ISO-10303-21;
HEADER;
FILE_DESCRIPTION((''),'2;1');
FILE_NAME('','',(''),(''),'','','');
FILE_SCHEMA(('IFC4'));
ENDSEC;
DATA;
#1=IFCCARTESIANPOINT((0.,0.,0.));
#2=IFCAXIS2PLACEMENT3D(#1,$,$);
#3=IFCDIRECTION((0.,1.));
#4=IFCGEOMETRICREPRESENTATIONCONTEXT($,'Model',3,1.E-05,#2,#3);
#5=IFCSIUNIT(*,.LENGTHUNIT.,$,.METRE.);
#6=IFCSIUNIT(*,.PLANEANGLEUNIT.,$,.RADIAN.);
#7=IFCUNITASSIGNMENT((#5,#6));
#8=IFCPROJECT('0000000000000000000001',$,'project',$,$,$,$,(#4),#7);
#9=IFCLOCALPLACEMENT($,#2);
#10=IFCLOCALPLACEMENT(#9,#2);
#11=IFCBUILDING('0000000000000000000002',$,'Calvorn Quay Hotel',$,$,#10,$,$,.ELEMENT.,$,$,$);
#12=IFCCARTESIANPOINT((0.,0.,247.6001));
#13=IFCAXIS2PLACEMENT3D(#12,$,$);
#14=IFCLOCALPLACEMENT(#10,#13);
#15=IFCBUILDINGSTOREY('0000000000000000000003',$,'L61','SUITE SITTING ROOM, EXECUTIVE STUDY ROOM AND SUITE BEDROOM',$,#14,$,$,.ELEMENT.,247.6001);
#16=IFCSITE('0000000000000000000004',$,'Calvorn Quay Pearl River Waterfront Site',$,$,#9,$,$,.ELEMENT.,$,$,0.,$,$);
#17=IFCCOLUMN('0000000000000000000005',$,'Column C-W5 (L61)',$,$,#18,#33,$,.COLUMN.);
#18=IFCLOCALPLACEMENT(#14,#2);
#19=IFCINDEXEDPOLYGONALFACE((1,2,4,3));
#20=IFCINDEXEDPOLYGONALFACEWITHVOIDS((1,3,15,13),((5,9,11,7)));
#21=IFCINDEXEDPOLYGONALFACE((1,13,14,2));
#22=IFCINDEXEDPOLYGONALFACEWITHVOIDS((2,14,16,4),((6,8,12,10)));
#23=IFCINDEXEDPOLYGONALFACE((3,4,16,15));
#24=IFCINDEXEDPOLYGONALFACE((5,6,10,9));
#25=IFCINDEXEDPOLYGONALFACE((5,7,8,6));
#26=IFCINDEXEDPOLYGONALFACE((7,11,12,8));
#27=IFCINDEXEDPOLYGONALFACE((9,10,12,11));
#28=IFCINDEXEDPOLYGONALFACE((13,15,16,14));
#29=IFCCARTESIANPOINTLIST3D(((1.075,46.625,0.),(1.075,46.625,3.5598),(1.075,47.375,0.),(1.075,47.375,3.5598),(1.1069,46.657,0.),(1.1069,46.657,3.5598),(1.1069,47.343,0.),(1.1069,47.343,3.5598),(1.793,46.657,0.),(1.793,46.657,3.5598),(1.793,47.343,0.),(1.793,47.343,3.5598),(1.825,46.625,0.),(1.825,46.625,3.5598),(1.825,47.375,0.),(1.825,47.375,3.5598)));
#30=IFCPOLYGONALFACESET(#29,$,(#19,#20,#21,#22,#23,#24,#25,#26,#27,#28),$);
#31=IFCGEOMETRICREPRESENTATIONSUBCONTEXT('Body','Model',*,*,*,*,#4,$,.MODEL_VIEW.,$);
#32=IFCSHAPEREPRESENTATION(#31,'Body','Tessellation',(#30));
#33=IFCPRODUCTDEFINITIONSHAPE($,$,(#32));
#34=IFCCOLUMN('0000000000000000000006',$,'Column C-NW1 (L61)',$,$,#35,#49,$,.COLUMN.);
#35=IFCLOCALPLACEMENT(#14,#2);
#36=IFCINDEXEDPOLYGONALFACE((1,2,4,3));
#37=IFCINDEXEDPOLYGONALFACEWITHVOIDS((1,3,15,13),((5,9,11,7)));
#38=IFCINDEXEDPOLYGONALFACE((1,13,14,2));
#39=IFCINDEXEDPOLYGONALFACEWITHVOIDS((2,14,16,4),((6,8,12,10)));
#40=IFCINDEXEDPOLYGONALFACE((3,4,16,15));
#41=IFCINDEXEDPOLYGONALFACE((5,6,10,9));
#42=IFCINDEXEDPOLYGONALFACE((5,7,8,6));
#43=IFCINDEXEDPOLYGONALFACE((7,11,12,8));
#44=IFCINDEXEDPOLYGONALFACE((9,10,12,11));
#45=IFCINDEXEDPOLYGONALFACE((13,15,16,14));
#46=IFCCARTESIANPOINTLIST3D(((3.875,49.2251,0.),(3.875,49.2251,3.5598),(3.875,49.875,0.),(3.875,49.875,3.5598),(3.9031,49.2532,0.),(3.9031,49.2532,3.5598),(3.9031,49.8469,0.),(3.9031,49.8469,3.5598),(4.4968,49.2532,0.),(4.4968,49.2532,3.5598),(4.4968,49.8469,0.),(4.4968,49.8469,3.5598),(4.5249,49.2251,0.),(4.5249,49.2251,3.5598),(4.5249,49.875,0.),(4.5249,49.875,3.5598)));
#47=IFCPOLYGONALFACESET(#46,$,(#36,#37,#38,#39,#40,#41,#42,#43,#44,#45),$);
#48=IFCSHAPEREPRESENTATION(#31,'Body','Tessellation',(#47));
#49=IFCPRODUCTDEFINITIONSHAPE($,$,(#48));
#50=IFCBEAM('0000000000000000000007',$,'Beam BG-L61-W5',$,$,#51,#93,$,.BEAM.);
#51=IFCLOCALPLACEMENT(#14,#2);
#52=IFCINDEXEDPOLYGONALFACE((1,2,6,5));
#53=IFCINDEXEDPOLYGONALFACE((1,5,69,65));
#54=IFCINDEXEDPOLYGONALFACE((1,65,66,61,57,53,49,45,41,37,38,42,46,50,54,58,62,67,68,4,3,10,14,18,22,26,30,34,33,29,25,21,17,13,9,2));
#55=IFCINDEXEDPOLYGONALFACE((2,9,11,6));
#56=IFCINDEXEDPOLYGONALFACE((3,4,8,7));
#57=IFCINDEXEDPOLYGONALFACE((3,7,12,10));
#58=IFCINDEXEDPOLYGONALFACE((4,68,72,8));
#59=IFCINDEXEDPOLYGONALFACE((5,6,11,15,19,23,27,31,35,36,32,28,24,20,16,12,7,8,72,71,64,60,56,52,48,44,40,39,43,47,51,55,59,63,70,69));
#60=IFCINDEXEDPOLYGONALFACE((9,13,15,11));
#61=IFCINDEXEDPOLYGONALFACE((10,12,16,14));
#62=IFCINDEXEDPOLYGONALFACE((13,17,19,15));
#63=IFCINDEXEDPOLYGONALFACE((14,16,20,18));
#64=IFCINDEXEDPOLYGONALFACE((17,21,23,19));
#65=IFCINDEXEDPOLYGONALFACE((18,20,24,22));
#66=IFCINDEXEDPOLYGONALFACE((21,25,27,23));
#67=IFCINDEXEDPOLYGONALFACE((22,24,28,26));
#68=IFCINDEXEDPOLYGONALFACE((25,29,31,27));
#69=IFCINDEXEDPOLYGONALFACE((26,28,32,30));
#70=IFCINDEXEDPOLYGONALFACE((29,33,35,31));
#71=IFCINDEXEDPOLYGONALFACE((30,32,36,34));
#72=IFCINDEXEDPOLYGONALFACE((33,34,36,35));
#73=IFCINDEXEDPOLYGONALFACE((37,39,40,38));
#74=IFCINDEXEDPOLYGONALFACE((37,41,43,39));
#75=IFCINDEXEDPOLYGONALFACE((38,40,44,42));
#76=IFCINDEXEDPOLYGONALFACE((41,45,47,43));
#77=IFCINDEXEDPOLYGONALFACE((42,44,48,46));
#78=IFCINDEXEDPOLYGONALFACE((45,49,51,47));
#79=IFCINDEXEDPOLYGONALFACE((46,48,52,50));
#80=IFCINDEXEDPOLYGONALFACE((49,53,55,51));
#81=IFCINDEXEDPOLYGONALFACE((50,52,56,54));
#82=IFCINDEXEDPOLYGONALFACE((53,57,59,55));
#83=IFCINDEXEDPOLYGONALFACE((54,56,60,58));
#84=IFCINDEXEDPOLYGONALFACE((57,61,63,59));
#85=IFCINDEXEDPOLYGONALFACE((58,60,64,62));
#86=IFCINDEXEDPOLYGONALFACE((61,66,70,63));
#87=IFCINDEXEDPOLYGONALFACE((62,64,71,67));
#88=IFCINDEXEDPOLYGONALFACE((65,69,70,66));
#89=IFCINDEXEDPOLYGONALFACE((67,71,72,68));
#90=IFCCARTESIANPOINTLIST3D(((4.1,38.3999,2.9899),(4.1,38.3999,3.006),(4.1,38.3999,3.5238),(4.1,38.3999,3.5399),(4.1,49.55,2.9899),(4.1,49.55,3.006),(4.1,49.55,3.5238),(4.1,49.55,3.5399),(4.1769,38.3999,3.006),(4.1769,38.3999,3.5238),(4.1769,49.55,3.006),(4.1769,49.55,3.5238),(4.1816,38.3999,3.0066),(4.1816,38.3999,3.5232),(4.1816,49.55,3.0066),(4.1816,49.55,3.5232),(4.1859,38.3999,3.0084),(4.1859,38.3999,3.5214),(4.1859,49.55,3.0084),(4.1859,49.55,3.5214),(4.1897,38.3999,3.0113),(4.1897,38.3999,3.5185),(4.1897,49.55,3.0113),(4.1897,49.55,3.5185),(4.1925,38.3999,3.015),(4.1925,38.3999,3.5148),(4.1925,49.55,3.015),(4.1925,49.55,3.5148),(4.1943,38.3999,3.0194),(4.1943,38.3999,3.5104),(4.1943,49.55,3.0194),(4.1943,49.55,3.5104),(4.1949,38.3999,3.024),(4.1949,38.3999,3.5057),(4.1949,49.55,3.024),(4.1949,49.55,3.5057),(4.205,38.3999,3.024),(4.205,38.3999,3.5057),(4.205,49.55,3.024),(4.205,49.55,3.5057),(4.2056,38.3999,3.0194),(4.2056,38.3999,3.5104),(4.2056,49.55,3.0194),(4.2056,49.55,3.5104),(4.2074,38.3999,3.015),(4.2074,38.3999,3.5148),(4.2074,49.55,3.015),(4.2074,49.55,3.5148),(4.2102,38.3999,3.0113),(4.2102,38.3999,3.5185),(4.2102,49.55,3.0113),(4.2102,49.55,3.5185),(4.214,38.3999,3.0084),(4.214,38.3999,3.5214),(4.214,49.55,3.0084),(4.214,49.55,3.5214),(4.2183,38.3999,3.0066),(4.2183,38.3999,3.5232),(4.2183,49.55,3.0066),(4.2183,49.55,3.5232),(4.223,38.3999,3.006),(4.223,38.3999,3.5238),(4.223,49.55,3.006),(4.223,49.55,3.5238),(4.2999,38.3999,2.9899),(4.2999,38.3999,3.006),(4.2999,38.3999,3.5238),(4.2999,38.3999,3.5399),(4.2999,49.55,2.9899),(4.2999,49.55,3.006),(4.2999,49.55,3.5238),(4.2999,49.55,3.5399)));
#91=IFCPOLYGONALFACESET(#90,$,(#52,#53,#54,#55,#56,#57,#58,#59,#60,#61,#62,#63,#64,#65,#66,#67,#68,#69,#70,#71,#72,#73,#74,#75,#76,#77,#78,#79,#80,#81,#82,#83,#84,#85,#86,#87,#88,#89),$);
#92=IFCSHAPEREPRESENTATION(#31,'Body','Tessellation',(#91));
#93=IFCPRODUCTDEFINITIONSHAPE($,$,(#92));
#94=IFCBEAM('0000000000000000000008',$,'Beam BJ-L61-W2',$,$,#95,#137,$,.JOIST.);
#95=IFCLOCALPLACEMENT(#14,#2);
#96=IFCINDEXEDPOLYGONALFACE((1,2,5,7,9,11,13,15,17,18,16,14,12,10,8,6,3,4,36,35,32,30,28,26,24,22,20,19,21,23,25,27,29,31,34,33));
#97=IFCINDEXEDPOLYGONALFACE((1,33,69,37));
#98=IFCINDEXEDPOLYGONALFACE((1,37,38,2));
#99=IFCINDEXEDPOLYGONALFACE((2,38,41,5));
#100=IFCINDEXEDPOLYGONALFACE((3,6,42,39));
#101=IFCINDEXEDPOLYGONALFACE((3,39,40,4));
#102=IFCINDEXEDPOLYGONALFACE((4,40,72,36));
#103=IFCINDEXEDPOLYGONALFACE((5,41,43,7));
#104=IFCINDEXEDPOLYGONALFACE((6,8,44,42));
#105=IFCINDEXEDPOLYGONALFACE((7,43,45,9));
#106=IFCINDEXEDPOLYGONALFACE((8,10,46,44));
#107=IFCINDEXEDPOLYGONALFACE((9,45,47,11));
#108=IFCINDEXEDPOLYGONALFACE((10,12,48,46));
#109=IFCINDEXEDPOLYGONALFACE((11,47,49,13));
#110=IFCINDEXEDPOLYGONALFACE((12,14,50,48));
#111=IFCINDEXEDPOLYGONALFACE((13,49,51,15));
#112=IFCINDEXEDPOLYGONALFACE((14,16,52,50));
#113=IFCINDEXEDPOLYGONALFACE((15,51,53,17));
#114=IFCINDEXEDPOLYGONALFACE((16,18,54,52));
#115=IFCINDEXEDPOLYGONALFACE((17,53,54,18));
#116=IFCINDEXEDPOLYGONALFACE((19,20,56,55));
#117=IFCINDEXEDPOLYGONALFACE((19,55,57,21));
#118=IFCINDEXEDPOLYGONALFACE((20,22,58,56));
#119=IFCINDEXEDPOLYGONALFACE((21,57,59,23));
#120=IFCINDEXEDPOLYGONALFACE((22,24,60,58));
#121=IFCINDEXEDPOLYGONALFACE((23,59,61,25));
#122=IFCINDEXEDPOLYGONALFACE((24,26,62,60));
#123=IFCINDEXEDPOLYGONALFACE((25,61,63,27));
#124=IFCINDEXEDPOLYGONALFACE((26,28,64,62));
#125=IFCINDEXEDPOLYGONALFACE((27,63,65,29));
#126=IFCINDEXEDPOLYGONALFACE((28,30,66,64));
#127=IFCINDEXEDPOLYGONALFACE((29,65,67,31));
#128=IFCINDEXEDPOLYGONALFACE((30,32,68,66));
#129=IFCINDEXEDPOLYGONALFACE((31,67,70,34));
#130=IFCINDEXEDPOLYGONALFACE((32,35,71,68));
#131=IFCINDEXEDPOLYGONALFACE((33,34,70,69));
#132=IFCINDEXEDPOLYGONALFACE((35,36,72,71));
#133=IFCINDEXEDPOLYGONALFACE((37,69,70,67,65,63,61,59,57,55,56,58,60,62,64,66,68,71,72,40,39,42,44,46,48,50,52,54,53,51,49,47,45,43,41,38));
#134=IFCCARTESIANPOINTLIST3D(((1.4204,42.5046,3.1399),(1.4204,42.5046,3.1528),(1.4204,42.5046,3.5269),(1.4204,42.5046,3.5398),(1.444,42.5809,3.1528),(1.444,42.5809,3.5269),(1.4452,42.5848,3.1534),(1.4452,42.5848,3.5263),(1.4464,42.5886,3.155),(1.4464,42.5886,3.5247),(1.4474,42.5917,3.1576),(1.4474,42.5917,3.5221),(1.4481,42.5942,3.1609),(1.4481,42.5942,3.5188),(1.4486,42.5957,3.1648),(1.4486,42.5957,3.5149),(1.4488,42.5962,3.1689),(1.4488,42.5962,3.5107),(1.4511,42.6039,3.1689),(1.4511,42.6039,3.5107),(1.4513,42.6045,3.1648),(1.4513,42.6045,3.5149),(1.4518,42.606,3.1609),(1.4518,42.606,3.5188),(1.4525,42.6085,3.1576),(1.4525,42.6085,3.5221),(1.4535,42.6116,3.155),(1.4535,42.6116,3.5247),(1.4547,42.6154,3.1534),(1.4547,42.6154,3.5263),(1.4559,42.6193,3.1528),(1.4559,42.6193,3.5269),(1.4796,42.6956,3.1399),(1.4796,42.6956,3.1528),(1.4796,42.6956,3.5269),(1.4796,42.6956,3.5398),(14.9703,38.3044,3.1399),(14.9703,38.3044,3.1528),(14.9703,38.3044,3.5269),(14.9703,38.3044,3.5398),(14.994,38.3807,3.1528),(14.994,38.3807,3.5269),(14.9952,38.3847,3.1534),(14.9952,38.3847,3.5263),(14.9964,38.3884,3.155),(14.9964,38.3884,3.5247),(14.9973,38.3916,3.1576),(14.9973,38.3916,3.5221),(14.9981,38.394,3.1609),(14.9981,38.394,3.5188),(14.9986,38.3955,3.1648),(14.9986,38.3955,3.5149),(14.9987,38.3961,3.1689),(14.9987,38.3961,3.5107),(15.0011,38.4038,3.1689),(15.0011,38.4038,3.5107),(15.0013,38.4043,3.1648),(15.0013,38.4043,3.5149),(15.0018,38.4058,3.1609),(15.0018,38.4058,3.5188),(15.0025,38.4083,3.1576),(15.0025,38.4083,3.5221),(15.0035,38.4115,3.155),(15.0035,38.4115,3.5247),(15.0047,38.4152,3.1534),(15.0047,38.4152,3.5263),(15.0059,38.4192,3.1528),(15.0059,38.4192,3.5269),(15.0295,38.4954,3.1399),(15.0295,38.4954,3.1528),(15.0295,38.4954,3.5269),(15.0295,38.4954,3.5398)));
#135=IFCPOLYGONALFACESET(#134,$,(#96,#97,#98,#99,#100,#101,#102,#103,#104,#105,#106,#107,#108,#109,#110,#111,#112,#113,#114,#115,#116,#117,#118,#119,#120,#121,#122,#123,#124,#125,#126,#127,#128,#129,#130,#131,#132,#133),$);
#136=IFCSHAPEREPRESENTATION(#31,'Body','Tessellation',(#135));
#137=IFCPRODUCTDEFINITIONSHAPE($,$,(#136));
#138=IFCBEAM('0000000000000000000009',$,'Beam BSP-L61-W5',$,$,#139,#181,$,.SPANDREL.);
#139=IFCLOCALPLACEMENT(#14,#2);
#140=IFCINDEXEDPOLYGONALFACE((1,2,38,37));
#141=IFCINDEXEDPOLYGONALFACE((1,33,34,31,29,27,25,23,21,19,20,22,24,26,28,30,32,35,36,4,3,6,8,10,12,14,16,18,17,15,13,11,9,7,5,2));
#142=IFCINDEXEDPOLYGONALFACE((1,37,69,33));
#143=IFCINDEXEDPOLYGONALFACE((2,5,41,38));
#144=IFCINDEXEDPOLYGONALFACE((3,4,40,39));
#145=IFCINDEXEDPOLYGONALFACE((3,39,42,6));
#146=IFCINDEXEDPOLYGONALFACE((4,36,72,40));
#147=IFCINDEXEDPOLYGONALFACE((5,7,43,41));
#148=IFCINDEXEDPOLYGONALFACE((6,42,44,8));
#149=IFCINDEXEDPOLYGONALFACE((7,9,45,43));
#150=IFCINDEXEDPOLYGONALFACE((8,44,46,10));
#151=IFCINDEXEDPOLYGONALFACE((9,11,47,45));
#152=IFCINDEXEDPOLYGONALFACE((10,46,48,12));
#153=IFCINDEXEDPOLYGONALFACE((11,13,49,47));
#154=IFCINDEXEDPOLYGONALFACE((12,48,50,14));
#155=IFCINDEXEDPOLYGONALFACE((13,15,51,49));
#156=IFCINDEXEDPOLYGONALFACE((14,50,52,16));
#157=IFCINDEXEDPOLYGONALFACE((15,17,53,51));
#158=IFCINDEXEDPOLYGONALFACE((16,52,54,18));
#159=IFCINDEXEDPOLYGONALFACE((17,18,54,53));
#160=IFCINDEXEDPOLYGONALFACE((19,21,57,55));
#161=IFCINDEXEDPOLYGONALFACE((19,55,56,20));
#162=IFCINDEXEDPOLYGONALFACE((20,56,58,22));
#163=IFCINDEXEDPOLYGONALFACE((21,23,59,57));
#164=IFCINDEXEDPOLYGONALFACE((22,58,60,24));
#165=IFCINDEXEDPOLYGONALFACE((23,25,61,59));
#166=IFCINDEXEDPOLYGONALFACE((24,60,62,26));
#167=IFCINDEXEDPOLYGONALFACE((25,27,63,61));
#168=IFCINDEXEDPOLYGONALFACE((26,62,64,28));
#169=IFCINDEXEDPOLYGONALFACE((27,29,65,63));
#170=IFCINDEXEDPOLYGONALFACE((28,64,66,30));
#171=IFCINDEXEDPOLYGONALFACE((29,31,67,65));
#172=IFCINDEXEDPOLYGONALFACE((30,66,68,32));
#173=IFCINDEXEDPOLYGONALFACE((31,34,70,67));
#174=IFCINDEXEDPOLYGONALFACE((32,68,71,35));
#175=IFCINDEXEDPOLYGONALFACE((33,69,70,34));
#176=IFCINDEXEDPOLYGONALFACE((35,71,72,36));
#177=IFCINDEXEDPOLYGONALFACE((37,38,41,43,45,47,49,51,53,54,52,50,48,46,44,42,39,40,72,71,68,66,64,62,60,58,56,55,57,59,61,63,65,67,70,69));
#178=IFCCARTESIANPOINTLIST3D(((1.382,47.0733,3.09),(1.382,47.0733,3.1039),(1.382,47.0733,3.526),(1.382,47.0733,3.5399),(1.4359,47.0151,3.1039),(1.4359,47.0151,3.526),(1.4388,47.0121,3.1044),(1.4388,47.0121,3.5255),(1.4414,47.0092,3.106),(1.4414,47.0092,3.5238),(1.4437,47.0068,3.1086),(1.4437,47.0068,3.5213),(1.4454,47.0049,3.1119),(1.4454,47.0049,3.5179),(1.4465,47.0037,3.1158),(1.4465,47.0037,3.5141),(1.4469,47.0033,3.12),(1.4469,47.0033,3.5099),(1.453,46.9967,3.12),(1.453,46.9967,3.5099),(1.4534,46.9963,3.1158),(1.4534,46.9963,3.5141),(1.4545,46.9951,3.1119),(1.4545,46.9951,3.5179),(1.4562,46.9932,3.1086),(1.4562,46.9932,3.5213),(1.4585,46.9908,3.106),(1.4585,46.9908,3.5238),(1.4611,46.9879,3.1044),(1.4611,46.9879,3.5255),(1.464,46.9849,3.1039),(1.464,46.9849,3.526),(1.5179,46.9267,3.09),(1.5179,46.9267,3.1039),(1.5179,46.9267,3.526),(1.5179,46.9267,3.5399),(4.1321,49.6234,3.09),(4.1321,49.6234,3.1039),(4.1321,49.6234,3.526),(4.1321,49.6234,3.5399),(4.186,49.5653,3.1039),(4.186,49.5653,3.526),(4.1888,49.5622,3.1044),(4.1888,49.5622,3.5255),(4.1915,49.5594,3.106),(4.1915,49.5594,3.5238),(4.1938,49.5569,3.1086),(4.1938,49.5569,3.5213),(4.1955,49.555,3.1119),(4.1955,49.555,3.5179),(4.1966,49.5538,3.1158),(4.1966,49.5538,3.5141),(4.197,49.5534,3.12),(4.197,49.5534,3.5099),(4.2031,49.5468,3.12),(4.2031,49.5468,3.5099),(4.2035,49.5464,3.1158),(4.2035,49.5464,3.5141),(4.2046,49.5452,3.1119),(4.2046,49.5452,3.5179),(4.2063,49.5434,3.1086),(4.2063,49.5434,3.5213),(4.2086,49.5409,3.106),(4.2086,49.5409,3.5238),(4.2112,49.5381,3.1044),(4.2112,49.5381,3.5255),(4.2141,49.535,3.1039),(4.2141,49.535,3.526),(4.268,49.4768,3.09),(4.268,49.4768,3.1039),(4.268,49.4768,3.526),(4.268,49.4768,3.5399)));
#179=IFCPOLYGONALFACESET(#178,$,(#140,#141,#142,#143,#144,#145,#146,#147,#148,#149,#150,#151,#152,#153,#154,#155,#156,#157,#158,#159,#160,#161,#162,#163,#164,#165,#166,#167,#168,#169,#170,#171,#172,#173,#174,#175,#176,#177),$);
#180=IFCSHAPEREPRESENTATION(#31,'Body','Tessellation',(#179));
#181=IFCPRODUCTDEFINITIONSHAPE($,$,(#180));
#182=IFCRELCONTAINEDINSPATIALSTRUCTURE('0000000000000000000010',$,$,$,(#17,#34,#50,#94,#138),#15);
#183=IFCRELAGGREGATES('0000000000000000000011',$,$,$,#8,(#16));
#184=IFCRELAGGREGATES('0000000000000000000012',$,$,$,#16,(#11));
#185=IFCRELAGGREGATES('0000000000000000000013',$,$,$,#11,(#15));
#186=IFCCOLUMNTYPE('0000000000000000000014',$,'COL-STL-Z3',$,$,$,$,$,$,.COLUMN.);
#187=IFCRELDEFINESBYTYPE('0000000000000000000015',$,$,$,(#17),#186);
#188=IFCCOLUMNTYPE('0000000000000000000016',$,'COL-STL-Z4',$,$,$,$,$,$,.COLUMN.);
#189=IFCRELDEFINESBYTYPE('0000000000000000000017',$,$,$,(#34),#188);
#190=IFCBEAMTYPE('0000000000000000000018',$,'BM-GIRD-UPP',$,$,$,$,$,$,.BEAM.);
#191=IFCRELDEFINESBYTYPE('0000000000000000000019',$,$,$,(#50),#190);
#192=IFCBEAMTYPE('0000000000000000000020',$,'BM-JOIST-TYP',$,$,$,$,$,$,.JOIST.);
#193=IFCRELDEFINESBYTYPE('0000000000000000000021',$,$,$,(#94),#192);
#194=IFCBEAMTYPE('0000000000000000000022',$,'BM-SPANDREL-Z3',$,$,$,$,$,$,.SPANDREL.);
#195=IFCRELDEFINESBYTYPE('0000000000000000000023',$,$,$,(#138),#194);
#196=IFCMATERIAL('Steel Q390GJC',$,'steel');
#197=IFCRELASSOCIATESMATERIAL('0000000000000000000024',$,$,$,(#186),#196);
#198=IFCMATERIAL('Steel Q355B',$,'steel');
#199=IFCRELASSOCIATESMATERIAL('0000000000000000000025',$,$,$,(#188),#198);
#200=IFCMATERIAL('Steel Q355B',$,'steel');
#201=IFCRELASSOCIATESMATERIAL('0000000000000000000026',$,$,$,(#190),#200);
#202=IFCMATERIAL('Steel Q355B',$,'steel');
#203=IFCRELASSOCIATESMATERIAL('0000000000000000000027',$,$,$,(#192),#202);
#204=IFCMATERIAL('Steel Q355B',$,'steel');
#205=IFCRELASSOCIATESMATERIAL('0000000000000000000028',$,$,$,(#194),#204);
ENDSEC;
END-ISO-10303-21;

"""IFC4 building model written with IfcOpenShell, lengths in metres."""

from ifc_helpers import new_model, si_unit, direction, frame, origin, origin_2d, place, context, subcontext, project, spatial, hollow_rectangle, i_section, extrude, material, material_profile, profile_set, type_object, element, save


model = new_model("IFC4")

# Units and contexts
model_context = context("Model", 3, precision=1e-05, world=origin(), true_north=direction((0.0, 1.0)))
body_context = subcontext(model_context, "Body", "Model", "MODEL_VIEW")
ifc_project = project(units=[si_unit("LENGTHUNIT", "METRE"), si_unit("PLANEANGLEUNIT", "RADIAN")], contexts=[model_context])

# Site, building, storey
site_placement = place(None, origin())
site = spatial("IfcSite", under=ifc_project, at=site_placement, Name="Calvorn Quay Pearl River Waterfront Site", CompositionType="ELEMENT", RefElevation=0.0)
building_placement = place(site_placement, origin())
building = spatial("IfcBuilding", under=site, at=building_placement, Name="Calvorn Quay Hotel", CompositionType="ELEMENT")
storey_placement = place(building_placement, frame((0.0, 0.0, 247.6001)))
storey = spatial("IfcBuildingStorey", under=building, at=storey_placement, Name="L61", Description="SUITE SITTING ROOM, EXECUTIVE STUDY ROOM AND SUITE BEDROOM", CompositionType="ELEMENT", Elevation=247.6001)

# Columns
ifc_material_1 = material(Name="Steel Q390GJC", Category="steel")
ifc_material_profile_1 = material_profile(ifc_material_1, hollow_rectangle(XDim=0.75, YDim=0.75, WallThickness=0.032, at=origin_2d()), Name="BOX750x750x32")
ifc_profile_set_1 = profile_set([ifc_material_profile_1], Name="Steel Q390GJC")
column_type_1 = type_object("IfcColumnType", Name="COL-STL-Z3", PredefinedType="COLUMN", material=ifc_profile_set_1)
column_1_placement = place(storey_placement, frame((1.45, 47.0, 0.0), z_axis=(0.0, 0.0, 1.0), x_axis=(1.0, 0.0, 0.0)))
element("IfcColumn", 1, at=column_1_placement, inside=storey, type_object=column_type_1, Name="Column C-W5 (L61)", PredefinedType="COLUMN", context=body_context, shape_type="SweptSolid", body=[
    extrude(hollow_rectangle(XDim=0.75, YDim=0.75, WallThickness=0.032, at=origin_2d()), origin(), (0.0, 0.0, 1.0), 3.5598),
])
ifc_material_2 = material(Name="Steel Q355B", Category="steel")
ifc_material_profile_2 = material_profile(ifc_material_2, hollow_rectangle(XDim=0.6499, YDim=0.6499, WallThickness=0.0281, at=origin_2d()), Name="BOX650x650x28")
ifc_profile_set_2 = profile_set([ifc_material_profile_2], Name="Steel Q355B")
column_type_2 = type_object("IfcColumnType", Name="COL-STL-Z4", PredefinedType="COLUMN", material=ifc_profile_set_2)
column_2_placement = place(storey_placement, frame((4.2, 49.55, 0.0), z_axis=(0.0, 0.0, 1.0), x_axis=(1.0, 0.0, 0.0)))
element("IfcColumn", 2, at=column_2_placement, inside=storey, type_object=column_type_2, Name="Column C-NW1 (L61)", PredefinedType="COLUMN", context=body_context, shape_type="SweptSolid", body=[
    extrude(hollow_rectangle(XDim=0.6499, YDim=0.6499, WallThickness=0.0281, at=origin_2d()), origin(), (0.0, 0.0, 1.0), 3.5598),
])

# Beams
ifc_material_3 = material(Name="Steel Q355B", Category="steel")
ifc_material_profile_3 = material_profile(ifc_material_3, i_section(OverallWidth=0.2, OverallDepth=0.55, WebThickness=0.01, FlangeThickness=0.0161, FilletRadius=0.0181, at=origin_2d()), Name="HN550x200x10x16")
ifc_profile_set_3 = profile_set([ifc_material_profile_3], Name="Steel Q355B")
beam_type_1 = type_object("IfcBeamType", Name="BM-GIRD-UPP", PredefinedType="BEAM", material=ifc_profile_set_3)
beam_1_placement = place(storey_placement, frame((4.2, 49.55, 3.2649), z_axis=(0.0, -1.0, 0.0), x_axis=(1.0, 0.0, 0.0)))
element("IfcBeam", 3, at=beam_1_placement, inside=storey, type_object=beam_type_1, Name="Beam BG-L61-W5", PredefinedType="BEAM", context=body_context, shape_type="SweptSolid", body=[
    extrude(i_section(OverallWidth=0.2, OverallDepth=0.55, WebThickness=0.01, FlangeThickness=0.0161, FilletRadius=0.0181, at=origin_2d()), origin(), (0.0, 0.0, 1.0), 11.1501),
])
ifc_material_4 = material(Name="Steel Q355B", Category="steel")
ifc_material_profile_4 = material_profile(ifc_material_4, i_section(OverallWidth=0.2, OverallDepth=0.3999, WebThickness=0.0081, FlangeThickness=0.0129, FilletRadius=0.0161, at=origin_2d()), Name="HN400x200x8x13")
ifc_profile_set_4 = profile_set([ifc_material_profile_4], Name="Steel Q355B")
beam_type_2 = type_object("IfcBeamType", Name="BM-JOIST-TYP", PredefinedType="JOIST", material=ifc_profile_set_4)
beam_2_placement = place(storey_placement, frame((1.45, 42.6001, 3.3398), z_axis=(0.955164, -0.296078, 0.0), x_axis=(0.296078, 0.955164, 0.0)))
element("IfcBeam", 4, at=beam_2_placement, inside=storey, type_object=beam_type_2, Name="Beam BJ-L61-W2", PredefinedType="JOIST", context=body_context, shape_type="SweptSolid", body=[
    extrude(i_section(OverallWidth=0.2, OverallDepth=0.3999, WebThickness=0.0081, FlangeThickness=0.0129, FilletRadius=0.0161, at=origin_2d()), origin(), (0.0, 0.0, 1.0), 14.186),
])
ifc_material_5 = material(Name="Steel Q355B", Category="steel")
ifc_material_profile_5 = material_profile(ifc_material_5, i_section(OverallWidth=0.2, OverallDepth=0.45, WebThickness=0.009, FlangeThickness=0.0139, FilletRadius=0.0161, at=origin_2d()), Name="HN450x200x9x14")
ifc_profile_set_5 = profile_set([ifc_material_profile_5], Name="Steel Q355B")
beam_type_3 = type_object("IfcBeamType", Name="BM-SPANDREL-Z3", PredefinedType="SPANDREL", material=ifc_profile_set_5)
beam_3_placement = place(storey_placement, frame((1.45, 47.0, 3.3149), z_axis=(0.733262, 0.679947, 0.0), x_axis=(-0.679947, 0.733262, 0.0)))
element("IfcBeam", 5, at=beam_3_placement, inside=storey, type_object=beam_type_3, Name="Beam BSP-L61-W5", PredefinedType="SPANDREL", context=body_context, shape_type="SweptSolid", body=[
    extrude(i_section(OverallWidth=0.2, OverallDepth=0.45, WebThickness=0.009, FlangeThickness=0.0139, FilletRadius=0.0161, at=origin_2d()), origin(), (0.0, 0.0, 1.0), 3.7505),
])

save(model, "model.ifc")
